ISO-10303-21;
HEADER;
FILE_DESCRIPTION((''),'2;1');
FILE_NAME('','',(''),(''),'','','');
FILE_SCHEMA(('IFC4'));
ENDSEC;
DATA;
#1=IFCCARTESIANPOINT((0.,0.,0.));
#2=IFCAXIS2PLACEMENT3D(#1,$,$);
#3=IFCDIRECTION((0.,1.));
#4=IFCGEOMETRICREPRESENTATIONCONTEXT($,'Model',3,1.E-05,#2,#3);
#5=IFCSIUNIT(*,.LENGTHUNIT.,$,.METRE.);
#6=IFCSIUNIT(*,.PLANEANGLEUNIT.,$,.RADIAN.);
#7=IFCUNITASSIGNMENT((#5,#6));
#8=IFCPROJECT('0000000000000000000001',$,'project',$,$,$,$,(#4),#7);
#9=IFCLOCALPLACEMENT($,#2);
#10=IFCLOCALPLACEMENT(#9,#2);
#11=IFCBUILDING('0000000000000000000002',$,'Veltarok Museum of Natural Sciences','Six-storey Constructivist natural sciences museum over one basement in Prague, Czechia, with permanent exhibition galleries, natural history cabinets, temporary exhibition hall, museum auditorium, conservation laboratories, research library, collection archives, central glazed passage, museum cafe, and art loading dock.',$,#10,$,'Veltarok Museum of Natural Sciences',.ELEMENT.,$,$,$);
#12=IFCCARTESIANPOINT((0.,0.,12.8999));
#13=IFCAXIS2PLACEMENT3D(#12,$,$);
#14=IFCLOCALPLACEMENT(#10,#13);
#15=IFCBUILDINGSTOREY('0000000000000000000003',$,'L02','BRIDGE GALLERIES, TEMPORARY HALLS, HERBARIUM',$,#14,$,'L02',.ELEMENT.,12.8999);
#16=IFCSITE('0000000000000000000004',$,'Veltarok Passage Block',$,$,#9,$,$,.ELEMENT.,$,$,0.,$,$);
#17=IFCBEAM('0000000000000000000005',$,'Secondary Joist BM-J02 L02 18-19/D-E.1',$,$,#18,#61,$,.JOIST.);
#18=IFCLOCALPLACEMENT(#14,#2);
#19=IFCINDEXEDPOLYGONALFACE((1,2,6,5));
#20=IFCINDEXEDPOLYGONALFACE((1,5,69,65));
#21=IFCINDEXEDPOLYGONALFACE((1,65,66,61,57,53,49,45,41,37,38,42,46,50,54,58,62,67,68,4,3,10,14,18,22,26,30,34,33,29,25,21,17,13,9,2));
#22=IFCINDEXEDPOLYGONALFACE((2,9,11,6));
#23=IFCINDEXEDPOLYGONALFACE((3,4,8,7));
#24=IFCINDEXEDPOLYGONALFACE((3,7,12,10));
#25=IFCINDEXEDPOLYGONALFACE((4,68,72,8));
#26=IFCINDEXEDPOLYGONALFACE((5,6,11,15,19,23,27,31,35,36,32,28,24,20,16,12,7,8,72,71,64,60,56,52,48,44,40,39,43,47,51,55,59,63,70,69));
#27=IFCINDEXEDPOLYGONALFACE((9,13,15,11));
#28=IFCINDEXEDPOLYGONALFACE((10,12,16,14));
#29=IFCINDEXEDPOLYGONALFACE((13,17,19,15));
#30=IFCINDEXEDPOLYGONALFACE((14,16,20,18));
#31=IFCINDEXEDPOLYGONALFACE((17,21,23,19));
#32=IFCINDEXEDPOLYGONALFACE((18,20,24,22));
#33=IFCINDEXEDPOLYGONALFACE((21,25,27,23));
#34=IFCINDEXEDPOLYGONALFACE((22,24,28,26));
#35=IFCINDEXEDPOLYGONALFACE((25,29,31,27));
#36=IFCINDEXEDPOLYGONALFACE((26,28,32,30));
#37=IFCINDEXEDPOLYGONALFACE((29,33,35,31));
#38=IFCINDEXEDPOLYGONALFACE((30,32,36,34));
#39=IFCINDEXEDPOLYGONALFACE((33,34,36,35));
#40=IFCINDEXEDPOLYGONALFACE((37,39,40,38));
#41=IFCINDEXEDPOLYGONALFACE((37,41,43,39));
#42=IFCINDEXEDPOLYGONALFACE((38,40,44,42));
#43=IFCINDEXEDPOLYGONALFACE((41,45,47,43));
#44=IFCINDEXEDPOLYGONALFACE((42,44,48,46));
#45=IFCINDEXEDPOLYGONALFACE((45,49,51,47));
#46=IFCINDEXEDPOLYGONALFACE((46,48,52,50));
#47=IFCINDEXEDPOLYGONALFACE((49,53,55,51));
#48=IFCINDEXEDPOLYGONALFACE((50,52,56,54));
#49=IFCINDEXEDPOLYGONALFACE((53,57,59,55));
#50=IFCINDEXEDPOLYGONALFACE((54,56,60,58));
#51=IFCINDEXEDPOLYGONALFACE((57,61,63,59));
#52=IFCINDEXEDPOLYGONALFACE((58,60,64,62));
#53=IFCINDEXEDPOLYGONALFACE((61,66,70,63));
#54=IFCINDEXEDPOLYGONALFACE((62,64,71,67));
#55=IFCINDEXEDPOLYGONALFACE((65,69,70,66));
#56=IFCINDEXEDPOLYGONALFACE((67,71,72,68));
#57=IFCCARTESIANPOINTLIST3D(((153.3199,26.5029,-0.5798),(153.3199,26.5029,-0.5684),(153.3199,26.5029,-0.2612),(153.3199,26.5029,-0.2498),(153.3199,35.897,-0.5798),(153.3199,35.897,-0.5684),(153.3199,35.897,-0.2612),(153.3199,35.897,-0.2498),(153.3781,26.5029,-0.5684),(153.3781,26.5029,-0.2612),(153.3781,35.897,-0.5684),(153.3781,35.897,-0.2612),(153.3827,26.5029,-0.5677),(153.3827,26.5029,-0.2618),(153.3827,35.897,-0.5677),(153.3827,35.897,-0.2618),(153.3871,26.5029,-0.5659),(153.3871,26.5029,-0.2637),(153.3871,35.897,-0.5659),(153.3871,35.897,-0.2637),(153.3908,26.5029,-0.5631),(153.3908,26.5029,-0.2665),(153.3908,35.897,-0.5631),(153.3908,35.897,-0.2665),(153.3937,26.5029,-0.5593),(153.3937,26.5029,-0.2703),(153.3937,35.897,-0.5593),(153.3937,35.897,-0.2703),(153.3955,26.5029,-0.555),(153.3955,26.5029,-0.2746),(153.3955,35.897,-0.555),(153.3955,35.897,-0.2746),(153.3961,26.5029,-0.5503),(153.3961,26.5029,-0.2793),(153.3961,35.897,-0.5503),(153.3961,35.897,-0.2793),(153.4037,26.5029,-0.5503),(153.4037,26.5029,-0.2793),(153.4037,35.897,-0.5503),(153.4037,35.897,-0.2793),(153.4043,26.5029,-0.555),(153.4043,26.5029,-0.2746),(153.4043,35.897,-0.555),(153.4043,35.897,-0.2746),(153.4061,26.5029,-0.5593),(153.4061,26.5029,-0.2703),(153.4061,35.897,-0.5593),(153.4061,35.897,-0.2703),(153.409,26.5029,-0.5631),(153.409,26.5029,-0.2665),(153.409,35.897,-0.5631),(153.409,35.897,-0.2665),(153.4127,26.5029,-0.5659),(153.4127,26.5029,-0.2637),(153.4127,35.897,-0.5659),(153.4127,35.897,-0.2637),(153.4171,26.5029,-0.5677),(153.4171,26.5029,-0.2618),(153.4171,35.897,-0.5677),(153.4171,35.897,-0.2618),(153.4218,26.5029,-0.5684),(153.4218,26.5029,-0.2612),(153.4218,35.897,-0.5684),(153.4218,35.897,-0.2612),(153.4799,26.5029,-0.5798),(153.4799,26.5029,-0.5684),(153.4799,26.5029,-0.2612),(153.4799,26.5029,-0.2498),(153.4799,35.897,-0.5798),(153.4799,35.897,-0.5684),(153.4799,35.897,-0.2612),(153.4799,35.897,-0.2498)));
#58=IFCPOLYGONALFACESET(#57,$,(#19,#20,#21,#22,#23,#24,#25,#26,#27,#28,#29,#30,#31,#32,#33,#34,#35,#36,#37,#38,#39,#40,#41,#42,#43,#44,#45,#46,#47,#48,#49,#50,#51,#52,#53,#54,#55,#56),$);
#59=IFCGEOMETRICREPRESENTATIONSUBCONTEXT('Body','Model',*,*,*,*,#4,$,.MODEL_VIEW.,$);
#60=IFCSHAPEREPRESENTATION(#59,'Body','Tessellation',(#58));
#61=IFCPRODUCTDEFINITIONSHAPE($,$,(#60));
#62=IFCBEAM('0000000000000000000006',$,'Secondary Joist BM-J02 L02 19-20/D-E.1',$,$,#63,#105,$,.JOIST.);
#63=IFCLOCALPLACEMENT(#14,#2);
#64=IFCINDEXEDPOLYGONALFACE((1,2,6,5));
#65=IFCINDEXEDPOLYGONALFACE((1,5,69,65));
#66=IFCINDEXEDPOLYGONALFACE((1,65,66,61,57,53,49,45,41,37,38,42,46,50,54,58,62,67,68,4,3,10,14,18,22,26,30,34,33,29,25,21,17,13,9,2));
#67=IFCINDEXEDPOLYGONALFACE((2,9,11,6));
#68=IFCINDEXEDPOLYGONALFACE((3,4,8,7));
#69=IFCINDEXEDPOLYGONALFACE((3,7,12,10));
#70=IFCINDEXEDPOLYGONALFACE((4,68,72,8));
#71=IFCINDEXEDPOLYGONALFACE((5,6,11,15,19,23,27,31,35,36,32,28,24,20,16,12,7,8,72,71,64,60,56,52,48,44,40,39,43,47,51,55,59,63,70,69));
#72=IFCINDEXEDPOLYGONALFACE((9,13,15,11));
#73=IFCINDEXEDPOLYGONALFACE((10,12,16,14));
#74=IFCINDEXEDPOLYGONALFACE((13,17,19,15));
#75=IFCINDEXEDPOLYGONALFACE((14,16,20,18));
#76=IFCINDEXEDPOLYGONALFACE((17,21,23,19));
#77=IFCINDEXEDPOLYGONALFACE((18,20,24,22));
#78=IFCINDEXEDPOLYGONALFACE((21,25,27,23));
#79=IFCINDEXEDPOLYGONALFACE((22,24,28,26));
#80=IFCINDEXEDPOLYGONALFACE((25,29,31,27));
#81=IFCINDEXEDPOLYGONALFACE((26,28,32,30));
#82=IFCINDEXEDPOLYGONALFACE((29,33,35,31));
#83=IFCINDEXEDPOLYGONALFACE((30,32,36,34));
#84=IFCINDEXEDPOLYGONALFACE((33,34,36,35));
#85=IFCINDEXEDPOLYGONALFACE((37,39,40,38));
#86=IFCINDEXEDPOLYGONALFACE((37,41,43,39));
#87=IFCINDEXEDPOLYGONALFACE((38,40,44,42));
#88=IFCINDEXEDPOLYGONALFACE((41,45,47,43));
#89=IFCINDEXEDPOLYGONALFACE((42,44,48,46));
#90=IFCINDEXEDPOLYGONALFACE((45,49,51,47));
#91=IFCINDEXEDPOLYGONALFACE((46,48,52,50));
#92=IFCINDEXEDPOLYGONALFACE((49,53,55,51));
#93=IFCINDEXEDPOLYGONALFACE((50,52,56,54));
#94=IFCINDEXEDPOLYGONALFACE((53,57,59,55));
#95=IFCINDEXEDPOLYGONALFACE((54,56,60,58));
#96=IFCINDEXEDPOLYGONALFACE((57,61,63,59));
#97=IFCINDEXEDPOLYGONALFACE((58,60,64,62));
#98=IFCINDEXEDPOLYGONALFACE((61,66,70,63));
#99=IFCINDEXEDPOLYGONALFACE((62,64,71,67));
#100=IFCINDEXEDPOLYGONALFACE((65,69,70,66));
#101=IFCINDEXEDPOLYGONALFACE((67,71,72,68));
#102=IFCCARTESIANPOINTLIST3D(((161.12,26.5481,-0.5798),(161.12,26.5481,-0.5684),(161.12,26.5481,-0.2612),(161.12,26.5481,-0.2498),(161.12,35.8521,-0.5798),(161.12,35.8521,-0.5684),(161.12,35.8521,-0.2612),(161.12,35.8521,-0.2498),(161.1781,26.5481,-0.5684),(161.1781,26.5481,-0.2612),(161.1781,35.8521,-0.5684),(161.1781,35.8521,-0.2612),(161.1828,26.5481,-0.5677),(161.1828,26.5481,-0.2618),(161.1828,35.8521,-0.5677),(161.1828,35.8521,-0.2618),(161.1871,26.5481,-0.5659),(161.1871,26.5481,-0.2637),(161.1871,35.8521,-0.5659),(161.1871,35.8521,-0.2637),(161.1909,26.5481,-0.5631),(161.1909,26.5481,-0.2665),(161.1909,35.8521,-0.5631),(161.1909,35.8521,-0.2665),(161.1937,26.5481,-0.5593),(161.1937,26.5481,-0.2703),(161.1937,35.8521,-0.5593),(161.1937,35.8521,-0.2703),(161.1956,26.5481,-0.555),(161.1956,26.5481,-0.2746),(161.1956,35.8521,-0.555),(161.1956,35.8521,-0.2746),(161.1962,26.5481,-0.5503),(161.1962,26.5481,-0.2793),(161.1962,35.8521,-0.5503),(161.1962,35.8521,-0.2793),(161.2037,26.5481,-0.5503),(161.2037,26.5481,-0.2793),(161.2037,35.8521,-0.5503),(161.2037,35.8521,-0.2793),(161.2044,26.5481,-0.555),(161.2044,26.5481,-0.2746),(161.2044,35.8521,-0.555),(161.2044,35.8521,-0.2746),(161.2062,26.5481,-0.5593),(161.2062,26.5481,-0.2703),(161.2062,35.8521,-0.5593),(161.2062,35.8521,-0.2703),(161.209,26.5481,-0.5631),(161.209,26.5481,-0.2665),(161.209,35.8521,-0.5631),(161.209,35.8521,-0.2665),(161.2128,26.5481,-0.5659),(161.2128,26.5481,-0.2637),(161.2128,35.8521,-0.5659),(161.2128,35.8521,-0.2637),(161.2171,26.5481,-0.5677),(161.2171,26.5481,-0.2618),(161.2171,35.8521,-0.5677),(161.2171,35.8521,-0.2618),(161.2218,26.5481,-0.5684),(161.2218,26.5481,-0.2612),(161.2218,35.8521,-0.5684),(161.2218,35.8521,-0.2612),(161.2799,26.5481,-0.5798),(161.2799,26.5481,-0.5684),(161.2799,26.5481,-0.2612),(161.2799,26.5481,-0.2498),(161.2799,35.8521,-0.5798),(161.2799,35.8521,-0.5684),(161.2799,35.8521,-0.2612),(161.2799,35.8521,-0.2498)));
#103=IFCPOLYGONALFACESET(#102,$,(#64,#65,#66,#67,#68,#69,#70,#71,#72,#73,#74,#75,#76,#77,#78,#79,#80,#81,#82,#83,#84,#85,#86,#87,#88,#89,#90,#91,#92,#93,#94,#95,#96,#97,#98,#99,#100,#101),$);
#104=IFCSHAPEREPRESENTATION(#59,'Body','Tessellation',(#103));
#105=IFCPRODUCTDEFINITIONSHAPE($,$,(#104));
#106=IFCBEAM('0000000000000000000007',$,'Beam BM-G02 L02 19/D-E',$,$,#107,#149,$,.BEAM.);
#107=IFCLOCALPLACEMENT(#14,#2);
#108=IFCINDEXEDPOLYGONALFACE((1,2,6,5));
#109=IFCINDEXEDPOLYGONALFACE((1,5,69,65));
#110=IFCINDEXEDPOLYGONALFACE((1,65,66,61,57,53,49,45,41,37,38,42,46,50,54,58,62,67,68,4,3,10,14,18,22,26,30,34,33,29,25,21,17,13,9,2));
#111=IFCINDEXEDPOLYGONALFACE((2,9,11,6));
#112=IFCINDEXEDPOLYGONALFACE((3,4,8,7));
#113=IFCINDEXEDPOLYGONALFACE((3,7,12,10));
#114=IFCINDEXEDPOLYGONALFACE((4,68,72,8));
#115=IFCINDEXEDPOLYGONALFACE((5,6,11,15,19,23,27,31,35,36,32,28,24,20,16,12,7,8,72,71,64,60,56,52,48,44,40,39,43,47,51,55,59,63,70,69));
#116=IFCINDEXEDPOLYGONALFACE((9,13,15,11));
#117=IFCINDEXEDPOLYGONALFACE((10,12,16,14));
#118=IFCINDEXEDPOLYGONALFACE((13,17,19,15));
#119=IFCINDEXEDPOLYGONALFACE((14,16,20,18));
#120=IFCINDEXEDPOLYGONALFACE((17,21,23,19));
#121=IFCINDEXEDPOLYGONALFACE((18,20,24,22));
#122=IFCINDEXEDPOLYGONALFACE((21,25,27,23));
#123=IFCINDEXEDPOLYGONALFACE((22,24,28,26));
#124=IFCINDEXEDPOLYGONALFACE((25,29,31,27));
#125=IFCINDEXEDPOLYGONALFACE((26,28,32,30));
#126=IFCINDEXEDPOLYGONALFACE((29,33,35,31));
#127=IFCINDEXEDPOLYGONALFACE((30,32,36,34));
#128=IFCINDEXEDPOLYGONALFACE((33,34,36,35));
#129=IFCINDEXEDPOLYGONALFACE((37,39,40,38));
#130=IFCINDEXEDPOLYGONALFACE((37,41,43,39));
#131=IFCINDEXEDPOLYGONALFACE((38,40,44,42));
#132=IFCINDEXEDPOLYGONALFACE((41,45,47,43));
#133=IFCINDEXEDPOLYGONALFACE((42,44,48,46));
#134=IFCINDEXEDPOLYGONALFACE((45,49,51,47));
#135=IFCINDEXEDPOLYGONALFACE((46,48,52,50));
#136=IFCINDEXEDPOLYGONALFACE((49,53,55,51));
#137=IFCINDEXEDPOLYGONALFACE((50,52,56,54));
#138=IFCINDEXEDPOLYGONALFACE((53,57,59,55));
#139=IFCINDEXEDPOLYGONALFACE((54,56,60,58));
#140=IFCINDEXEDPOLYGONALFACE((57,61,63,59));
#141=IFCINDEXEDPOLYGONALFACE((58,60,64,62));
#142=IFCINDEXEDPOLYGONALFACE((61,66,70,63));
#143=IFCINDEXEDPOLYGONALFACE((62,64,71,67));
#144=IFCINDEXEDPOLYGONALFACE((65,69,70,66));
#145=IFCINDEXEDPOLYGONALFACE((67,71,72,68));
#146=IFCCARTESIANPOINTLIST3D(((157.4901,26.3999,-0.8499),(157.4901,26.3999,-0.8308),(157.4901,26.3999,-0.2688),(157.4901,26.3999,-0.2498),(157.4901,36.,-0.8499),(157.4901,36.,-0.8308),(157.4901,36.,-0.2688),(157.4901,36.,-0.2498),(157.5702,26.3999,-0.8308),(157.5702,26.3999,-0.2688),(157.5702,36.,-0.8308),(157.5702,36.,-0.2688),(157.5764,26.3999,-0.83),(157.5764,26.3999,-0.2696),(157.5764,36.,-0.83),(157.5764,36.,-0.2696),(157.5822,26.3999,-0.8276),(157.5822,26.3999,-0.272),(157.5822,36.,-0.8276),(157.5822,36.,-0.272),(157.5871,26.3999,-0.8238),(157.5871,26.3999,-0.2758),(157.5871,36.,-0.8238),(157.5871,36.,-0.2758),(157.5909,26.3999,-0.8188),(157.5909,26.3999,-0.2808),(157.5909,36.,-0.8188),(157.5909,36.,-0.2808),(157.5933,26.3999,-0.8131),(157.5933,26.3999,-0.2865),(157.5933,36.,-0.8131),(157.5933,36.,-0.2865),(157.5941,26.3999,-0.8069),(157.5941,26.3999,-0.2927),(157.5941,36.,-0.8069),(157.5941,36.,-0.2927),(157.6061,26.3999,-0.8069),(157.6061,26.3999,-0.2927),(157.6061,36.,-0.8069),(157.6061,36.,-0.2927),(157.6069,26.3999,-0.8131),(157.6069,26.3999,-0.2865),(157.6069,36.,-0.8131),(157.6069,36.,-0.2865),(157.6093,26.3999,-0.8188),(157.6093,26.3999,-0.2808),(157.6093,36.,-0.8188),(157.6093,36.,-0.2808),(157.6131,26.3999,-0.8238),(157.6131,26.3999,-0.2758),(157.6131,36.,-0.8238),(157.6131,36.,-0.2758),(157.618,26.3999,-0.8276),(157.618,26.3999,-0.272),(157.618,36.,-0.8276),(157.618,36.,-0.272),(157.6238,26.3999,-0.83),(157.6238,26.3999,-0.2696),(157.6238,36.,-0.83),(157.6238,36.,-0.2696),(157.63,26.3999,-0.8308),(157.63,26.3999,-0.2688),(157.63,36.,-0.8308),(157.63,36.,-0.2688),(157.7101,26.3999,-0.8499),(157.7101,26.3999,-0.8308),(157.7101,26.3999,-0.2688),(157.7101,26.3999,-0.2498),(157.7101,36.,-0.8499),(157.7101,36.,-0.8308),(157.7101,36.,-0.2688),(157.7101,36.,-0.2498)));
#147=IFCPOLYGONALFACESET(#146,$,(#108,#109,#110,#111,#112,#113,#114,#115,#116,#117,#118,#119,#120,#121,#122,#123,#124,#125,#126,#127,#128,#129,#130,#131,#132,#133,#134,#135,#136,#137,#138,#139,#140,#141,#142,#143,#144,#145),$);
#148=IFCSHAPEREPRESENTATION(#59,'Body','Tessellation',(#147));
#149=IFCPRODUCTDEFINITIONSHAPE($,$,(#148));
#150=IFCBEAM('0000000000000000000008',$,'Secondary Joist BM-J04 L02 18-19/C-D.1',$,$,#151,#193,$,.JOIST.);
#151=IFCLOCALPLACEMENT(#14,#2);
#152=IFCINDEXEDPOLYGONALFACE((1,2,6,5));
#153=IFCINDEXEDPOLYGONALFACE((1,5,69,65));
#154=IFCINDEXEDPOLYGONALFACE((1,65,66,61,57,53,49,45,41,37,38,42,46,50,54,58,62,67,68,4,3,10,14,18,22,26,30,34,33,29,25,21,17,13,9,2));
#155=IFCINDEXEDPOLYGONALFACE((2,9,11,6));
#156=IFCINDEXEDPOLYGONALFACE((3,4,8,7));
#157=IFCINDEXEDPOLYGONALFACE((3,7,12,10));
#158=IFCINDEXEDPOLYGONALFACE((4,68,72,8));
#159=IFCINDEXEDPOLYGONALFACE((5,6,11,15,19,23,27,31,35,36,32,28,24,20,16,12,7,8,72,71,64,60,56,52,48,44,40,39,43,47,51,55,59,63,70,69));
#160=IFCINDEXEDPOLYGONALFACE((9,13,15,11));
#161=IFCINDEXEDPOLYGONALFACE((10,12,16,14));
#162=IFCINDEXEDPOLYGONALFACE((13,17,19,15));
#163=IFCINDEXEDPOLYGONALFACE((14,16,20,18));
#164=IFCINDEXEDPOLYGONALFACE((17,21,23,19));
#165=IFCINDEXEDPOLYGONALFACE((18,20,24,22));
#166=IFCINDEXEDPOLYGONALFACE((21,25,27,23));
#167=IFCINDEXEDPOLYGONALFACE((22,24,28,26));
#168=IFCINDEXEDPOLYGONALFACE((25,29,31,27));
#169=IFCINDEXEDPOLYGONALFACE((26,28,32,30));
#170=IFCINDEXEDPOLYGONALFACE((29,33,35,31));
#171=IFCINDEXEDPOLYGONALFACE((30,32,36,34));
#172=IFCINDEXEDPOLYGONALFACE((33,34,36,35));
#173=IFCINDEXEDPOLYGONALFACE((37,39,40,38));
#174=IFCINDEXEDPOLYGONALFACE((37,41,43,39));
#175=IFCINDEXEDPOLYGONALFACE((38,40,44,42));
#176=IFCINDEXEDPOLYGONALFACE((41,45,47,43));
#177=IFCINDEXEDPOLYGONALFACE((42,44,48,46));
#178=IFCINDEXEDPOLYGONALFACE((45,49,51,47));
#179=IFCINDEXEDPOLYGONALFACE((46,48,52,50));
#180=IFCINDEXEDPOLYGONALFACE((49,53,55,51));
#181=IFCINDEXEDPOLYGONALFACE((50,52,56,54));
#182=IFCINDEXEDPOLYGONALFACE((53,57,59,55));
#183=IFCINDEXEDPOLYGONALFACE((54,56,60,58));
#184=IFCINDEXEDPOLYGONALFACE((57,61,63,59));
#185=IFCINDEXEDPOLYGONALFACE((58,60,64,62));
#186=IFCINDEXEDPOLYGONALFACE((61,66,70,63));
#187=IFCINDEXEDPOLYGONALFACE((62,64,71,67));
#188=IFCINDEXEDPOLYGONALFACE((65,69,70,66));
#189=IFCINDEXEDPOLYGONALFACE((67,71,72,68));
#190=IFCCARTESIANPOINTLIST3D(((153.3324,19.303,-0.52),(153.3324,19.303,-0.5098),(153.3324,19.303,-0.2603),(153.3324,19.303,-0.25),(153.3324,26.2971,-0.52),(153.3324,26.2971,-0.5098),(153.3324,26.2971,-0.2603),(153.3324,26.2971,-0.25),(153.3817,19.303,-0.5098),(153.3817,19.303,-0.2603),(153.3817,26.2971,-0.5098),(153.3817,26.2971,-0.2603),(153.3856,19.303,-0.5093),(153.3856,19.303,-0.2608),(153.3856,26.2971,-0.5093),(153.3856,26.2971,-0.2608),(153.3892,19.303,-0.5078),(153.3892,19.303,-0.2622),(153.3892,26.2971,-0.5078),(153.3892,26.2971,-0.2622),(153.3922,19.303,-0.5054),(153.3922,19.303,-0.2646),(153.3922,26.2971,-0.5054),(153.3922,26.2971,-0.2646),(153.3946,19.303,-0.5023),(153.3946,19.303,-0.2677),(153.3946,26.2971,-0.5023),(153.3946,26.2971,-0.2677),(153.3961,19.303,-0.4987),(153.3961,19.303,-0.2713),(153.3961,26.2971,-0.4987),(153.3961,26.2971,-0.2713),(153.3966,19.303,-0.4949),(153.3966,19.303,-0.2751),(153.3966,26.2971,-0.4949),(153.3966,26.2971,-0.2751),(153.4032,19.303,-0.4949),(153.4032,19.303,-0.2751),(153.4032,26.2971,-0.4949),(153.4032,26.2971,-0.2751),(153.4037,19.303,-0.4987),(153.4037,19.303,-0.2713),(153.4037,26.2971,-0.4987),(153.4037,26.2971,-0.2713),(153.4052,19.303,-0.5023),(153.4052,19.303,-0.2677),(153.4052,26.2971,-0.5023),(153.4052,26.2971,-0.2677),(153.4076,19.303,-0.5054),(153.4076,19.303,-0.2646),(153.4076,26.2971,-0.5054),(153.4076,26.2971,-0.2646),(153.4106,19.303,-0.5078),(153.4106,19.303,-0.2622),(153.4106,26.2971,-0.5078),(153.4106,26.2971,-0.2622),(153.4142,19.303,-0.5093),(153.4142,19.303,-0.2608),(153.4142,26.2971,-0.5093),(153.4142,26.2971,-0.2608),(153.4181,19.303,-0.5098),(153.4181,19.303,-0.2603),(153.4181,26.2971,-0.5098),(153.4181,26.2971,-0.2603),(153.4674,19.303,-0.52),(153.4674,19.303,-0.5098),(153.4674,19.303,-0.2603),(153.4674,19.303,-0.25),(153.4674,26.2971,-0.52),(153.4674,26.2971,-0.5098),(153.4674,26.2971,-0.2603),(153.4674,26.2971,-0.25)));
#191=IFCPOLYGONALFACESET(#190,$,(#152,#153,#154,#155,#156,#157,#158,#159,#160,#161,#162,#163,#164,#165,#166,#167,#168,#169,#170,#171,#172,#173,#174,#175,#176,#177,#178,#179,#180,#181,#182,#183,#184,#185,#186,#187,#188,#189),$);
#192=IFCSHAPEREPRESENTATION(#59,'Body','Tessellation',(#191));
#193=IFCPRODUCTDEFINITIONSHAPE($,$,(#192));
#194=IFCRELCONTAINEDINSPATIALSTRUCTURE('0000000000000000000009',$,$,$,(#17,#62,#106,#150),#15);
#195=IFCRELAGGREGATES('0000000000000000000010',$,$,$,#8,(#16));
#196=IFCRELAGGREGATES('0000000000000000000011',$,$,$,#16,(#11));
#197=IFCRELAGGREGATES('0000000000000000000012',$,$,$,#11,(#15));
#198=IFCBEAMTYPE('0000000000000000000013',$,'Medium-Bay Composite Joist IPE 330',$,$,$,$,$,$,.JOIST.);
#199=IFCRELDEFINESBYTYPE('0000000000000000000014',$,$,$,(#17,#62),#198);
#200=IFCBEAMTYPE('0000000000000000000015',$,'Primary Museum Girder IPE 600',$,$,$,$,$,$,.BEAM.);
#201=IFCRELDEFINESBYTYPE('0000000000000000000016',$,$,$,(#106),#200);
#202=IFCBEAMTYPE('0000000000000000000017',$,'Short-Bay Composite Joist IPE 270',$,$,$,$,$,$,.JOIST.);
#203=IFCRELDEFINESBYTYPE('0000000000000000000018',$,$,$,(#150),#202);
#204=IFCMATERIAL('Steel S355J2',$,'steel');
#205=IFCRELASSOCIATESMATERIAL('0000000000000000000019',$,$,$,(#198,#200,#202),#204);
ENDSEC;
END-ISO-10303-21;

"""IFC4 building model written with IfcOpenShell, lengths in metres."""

from ifc_helpers import new_model, si_unit, direction, frame, origin, origin_2d, place, context, subcontext, project, spatial, i_section, extrude, material, material_profile, profile_set, type_object, element, save


model = new_model("IFC4")

# Units and contexts
model_context = context("Model", 3, precision=1e-05, world=origin(), true_north=direction((0.0, 1.0)))
body_context = subcontext(model_context, "Body", "Model", "MODEL_VIEW")
ifc_project = project(units=[si_unit("LENGTHUNIT", "METRE"), si_unit("PLANEANGLEUNIT", "RADIAN")], contexts=[model_context])

# Site, building, storey
site_placement = place(None, origin())
site = spatial("IfcSite", under=ifc_project, at=site_placement, Name="Veltarok Passage Block", CompositionType="ELEMENT", RefElevation=0.0)
building_placement = place(site_placement, origin())
building = spatial("IfcBuilding", under=site, at=building_placement, Name="Veltarok Museum of Natural Sciences", Description="Six-storey Constructivist natural sciences museum over one basement in Prague, Czechia, with permanent exhibition galleries, natural history cabinets, temporary exhibition hall, museum auditorium, conservation laboratories, research library, collection archives, central glazed passage, museum cafe, and art loading dock.", LongName="Veltarok Museum of Natural Sciences", CompositionType="ELEMENT")
storey_placement = place(building_placement, frame((0.0, 0.0, 12.8999)))
storey = spatial("IfcBuildingStorey", under=building, at=storey_placement, Name="L02", Description="BRIDGE GALLERIES, TEMPORARY HALLS, HERBARIUM", LongName="L02", CompositionType="ELEMENT", Elevation=12.8999)

# Beams
ifc_material_1 = material(Name="Steel S355J2", Category="steel")
ifc_material_profile_1 = material_profile(ifc_material_1, i_section(OverallWidth=0.1599, OverallDepth=0.3301, WebThickness=0.0076, FlangeThickness=0.0115, FilletRadius=0.0181, at=origin_2d()), Name="IPE 330")
ifc_profile_set_1 = profile_set([ifc_material_profile_1], Name="Steel S355J2")
beam_type_1 = type_object("IfcBeamType", Name="Medium-Bay Composite Joist IPE 330", PredefinedType="JOIST", material=ifc_profile_set_1)
beam_1_placement = place(storey_placement, frame((153.3999, 26.5029, -0.4148), z_axis=(0.0, 1.0, 0.0), x_axis=(-1.0, 0.0, 0.0)))
element("IfcBeam", 1, at=beam_1_placement, inside=storey, type_object=beam_type_1, Name="Secondary Joist BM-J02 L02 18-19/D-E.1", PredefinedType="JOIST", context=body_context, shape_type="SweptSolid", body=[
    extrude(i_section(OverallWidth=0.1599, OverallDepth=0.3301, WebThickness=0.0076, FlangeThickness=0.0115, FilletRadius=0.0181, at=origin_2d()), origin(), (0.0, 0.0, 1.0), 9.394),
])
beam_2_placement = place(storey_placement, frame((161.2, 26.5481, -0.4148), z_axis=(0.0, 1.0, 0.0), x_axis=(-1.0, 0.0, 0.0)))
element("IfcBeam", 2, at=beam_2_placement, inside=storey, type_object=beam_type_1, Name="Secondary Joist BM-J02 L02 19-20/D-E.1", PredefinedType="JOIST", context=body_context, shape_type="SweptSolid", body=[
    extrude(i_section(OverallWidth=0.1599, OverallDepth=0.3301, WebThickness=0.0076, FlangeThickness=0.0115, FilletRadius=0.0181, at=origin_2d()), origin(), (0.0, 0.0, 1.0), 9.304),
])
ifc_material_profile_2 = material_profile(ifc_material_1, i_section(OverallWidth=0.22, OverallDepth=0.6001, WebThickness=0.012, FlangeThickness=0.019, FilletRadius=0.0239, at=origin_2d()), Name="IPE 600")
ifc_profile_set_2 = profile_set([ifc_material_profile_2], Name="Steel S355J2")
beam_type_2 = type_object("IfcBeamType", Name="Primary Museum Girder IPE 600", PredefinedType="BEAM", material=ifc_profile_set_2)
beam_3_placement = place(storey_placement, frame((157.6001, 26.3999, -0.5498), z_axis=(0.0, 1.0, 0.0), x_axis=(-1.0, 0.0, 0.0)))
element("IfcBeam", 3, at=beam_3_placement, inside=storey, type_object=beam_type_2, Name="Beam BM-G02 L02 19/D-E", PredefinedType="BEAM", context=body_context, shape_type="SweptSolid", body=[
    extrude(i_section(OverallWidth=0.22, OverallDepth=0.6001, WebThickness=0.012, FlangeThickness=0.019, FilletRadius=0.0239, at=origin_2d()), origin(), (0.0, 0.0, 1.0), 9.6001),
])
ifc_material_profile_3 = material_profile(ifc_material_1, i_section(OverallWidth=0.135, OverallDepth=0.27, WebThickness=0.0066, FlangeThickness=0.0103, FilletRadius=0.0149, at=origin_2d()), Name="IPE 270")
ifc_profile_set_3 = profile_set([ifc_material_profile_3], Name="Steel S355J2")
beam_type_3 = type_object("IfcBeamType", Name="Short-Bay Composite Joist IPE 270", PredefinedType="JOIST", material=ifc_profile_set_3)
beam_4_placement = place(storey_placement, frame((153.3999, 19.303, -0.385), z_axis=(0.0, 1.0, 0.0), x_axis=(-1.0, 0.0, 0.0)))
element("IfcBeam", 4, at=beam_4_placement, inside=storey, type_object=beam_type_3, Name="Secondary Joist BM-J04 L02 18-19/C-D.1", PredefinedType="JOIST", context=body_context, shape_type="SweptSolid", body=[
    extrude(i_section(OverallWidth=0.135, OverallDepth=0.27, WebThickness=0.0066, FlangeThickness=0.0103, FilletRadius=0.0149, at=origin_2d()), origin(), (0.0, 0.0, 1.0), 6.9941),
])

save(model, "model.ifc")
